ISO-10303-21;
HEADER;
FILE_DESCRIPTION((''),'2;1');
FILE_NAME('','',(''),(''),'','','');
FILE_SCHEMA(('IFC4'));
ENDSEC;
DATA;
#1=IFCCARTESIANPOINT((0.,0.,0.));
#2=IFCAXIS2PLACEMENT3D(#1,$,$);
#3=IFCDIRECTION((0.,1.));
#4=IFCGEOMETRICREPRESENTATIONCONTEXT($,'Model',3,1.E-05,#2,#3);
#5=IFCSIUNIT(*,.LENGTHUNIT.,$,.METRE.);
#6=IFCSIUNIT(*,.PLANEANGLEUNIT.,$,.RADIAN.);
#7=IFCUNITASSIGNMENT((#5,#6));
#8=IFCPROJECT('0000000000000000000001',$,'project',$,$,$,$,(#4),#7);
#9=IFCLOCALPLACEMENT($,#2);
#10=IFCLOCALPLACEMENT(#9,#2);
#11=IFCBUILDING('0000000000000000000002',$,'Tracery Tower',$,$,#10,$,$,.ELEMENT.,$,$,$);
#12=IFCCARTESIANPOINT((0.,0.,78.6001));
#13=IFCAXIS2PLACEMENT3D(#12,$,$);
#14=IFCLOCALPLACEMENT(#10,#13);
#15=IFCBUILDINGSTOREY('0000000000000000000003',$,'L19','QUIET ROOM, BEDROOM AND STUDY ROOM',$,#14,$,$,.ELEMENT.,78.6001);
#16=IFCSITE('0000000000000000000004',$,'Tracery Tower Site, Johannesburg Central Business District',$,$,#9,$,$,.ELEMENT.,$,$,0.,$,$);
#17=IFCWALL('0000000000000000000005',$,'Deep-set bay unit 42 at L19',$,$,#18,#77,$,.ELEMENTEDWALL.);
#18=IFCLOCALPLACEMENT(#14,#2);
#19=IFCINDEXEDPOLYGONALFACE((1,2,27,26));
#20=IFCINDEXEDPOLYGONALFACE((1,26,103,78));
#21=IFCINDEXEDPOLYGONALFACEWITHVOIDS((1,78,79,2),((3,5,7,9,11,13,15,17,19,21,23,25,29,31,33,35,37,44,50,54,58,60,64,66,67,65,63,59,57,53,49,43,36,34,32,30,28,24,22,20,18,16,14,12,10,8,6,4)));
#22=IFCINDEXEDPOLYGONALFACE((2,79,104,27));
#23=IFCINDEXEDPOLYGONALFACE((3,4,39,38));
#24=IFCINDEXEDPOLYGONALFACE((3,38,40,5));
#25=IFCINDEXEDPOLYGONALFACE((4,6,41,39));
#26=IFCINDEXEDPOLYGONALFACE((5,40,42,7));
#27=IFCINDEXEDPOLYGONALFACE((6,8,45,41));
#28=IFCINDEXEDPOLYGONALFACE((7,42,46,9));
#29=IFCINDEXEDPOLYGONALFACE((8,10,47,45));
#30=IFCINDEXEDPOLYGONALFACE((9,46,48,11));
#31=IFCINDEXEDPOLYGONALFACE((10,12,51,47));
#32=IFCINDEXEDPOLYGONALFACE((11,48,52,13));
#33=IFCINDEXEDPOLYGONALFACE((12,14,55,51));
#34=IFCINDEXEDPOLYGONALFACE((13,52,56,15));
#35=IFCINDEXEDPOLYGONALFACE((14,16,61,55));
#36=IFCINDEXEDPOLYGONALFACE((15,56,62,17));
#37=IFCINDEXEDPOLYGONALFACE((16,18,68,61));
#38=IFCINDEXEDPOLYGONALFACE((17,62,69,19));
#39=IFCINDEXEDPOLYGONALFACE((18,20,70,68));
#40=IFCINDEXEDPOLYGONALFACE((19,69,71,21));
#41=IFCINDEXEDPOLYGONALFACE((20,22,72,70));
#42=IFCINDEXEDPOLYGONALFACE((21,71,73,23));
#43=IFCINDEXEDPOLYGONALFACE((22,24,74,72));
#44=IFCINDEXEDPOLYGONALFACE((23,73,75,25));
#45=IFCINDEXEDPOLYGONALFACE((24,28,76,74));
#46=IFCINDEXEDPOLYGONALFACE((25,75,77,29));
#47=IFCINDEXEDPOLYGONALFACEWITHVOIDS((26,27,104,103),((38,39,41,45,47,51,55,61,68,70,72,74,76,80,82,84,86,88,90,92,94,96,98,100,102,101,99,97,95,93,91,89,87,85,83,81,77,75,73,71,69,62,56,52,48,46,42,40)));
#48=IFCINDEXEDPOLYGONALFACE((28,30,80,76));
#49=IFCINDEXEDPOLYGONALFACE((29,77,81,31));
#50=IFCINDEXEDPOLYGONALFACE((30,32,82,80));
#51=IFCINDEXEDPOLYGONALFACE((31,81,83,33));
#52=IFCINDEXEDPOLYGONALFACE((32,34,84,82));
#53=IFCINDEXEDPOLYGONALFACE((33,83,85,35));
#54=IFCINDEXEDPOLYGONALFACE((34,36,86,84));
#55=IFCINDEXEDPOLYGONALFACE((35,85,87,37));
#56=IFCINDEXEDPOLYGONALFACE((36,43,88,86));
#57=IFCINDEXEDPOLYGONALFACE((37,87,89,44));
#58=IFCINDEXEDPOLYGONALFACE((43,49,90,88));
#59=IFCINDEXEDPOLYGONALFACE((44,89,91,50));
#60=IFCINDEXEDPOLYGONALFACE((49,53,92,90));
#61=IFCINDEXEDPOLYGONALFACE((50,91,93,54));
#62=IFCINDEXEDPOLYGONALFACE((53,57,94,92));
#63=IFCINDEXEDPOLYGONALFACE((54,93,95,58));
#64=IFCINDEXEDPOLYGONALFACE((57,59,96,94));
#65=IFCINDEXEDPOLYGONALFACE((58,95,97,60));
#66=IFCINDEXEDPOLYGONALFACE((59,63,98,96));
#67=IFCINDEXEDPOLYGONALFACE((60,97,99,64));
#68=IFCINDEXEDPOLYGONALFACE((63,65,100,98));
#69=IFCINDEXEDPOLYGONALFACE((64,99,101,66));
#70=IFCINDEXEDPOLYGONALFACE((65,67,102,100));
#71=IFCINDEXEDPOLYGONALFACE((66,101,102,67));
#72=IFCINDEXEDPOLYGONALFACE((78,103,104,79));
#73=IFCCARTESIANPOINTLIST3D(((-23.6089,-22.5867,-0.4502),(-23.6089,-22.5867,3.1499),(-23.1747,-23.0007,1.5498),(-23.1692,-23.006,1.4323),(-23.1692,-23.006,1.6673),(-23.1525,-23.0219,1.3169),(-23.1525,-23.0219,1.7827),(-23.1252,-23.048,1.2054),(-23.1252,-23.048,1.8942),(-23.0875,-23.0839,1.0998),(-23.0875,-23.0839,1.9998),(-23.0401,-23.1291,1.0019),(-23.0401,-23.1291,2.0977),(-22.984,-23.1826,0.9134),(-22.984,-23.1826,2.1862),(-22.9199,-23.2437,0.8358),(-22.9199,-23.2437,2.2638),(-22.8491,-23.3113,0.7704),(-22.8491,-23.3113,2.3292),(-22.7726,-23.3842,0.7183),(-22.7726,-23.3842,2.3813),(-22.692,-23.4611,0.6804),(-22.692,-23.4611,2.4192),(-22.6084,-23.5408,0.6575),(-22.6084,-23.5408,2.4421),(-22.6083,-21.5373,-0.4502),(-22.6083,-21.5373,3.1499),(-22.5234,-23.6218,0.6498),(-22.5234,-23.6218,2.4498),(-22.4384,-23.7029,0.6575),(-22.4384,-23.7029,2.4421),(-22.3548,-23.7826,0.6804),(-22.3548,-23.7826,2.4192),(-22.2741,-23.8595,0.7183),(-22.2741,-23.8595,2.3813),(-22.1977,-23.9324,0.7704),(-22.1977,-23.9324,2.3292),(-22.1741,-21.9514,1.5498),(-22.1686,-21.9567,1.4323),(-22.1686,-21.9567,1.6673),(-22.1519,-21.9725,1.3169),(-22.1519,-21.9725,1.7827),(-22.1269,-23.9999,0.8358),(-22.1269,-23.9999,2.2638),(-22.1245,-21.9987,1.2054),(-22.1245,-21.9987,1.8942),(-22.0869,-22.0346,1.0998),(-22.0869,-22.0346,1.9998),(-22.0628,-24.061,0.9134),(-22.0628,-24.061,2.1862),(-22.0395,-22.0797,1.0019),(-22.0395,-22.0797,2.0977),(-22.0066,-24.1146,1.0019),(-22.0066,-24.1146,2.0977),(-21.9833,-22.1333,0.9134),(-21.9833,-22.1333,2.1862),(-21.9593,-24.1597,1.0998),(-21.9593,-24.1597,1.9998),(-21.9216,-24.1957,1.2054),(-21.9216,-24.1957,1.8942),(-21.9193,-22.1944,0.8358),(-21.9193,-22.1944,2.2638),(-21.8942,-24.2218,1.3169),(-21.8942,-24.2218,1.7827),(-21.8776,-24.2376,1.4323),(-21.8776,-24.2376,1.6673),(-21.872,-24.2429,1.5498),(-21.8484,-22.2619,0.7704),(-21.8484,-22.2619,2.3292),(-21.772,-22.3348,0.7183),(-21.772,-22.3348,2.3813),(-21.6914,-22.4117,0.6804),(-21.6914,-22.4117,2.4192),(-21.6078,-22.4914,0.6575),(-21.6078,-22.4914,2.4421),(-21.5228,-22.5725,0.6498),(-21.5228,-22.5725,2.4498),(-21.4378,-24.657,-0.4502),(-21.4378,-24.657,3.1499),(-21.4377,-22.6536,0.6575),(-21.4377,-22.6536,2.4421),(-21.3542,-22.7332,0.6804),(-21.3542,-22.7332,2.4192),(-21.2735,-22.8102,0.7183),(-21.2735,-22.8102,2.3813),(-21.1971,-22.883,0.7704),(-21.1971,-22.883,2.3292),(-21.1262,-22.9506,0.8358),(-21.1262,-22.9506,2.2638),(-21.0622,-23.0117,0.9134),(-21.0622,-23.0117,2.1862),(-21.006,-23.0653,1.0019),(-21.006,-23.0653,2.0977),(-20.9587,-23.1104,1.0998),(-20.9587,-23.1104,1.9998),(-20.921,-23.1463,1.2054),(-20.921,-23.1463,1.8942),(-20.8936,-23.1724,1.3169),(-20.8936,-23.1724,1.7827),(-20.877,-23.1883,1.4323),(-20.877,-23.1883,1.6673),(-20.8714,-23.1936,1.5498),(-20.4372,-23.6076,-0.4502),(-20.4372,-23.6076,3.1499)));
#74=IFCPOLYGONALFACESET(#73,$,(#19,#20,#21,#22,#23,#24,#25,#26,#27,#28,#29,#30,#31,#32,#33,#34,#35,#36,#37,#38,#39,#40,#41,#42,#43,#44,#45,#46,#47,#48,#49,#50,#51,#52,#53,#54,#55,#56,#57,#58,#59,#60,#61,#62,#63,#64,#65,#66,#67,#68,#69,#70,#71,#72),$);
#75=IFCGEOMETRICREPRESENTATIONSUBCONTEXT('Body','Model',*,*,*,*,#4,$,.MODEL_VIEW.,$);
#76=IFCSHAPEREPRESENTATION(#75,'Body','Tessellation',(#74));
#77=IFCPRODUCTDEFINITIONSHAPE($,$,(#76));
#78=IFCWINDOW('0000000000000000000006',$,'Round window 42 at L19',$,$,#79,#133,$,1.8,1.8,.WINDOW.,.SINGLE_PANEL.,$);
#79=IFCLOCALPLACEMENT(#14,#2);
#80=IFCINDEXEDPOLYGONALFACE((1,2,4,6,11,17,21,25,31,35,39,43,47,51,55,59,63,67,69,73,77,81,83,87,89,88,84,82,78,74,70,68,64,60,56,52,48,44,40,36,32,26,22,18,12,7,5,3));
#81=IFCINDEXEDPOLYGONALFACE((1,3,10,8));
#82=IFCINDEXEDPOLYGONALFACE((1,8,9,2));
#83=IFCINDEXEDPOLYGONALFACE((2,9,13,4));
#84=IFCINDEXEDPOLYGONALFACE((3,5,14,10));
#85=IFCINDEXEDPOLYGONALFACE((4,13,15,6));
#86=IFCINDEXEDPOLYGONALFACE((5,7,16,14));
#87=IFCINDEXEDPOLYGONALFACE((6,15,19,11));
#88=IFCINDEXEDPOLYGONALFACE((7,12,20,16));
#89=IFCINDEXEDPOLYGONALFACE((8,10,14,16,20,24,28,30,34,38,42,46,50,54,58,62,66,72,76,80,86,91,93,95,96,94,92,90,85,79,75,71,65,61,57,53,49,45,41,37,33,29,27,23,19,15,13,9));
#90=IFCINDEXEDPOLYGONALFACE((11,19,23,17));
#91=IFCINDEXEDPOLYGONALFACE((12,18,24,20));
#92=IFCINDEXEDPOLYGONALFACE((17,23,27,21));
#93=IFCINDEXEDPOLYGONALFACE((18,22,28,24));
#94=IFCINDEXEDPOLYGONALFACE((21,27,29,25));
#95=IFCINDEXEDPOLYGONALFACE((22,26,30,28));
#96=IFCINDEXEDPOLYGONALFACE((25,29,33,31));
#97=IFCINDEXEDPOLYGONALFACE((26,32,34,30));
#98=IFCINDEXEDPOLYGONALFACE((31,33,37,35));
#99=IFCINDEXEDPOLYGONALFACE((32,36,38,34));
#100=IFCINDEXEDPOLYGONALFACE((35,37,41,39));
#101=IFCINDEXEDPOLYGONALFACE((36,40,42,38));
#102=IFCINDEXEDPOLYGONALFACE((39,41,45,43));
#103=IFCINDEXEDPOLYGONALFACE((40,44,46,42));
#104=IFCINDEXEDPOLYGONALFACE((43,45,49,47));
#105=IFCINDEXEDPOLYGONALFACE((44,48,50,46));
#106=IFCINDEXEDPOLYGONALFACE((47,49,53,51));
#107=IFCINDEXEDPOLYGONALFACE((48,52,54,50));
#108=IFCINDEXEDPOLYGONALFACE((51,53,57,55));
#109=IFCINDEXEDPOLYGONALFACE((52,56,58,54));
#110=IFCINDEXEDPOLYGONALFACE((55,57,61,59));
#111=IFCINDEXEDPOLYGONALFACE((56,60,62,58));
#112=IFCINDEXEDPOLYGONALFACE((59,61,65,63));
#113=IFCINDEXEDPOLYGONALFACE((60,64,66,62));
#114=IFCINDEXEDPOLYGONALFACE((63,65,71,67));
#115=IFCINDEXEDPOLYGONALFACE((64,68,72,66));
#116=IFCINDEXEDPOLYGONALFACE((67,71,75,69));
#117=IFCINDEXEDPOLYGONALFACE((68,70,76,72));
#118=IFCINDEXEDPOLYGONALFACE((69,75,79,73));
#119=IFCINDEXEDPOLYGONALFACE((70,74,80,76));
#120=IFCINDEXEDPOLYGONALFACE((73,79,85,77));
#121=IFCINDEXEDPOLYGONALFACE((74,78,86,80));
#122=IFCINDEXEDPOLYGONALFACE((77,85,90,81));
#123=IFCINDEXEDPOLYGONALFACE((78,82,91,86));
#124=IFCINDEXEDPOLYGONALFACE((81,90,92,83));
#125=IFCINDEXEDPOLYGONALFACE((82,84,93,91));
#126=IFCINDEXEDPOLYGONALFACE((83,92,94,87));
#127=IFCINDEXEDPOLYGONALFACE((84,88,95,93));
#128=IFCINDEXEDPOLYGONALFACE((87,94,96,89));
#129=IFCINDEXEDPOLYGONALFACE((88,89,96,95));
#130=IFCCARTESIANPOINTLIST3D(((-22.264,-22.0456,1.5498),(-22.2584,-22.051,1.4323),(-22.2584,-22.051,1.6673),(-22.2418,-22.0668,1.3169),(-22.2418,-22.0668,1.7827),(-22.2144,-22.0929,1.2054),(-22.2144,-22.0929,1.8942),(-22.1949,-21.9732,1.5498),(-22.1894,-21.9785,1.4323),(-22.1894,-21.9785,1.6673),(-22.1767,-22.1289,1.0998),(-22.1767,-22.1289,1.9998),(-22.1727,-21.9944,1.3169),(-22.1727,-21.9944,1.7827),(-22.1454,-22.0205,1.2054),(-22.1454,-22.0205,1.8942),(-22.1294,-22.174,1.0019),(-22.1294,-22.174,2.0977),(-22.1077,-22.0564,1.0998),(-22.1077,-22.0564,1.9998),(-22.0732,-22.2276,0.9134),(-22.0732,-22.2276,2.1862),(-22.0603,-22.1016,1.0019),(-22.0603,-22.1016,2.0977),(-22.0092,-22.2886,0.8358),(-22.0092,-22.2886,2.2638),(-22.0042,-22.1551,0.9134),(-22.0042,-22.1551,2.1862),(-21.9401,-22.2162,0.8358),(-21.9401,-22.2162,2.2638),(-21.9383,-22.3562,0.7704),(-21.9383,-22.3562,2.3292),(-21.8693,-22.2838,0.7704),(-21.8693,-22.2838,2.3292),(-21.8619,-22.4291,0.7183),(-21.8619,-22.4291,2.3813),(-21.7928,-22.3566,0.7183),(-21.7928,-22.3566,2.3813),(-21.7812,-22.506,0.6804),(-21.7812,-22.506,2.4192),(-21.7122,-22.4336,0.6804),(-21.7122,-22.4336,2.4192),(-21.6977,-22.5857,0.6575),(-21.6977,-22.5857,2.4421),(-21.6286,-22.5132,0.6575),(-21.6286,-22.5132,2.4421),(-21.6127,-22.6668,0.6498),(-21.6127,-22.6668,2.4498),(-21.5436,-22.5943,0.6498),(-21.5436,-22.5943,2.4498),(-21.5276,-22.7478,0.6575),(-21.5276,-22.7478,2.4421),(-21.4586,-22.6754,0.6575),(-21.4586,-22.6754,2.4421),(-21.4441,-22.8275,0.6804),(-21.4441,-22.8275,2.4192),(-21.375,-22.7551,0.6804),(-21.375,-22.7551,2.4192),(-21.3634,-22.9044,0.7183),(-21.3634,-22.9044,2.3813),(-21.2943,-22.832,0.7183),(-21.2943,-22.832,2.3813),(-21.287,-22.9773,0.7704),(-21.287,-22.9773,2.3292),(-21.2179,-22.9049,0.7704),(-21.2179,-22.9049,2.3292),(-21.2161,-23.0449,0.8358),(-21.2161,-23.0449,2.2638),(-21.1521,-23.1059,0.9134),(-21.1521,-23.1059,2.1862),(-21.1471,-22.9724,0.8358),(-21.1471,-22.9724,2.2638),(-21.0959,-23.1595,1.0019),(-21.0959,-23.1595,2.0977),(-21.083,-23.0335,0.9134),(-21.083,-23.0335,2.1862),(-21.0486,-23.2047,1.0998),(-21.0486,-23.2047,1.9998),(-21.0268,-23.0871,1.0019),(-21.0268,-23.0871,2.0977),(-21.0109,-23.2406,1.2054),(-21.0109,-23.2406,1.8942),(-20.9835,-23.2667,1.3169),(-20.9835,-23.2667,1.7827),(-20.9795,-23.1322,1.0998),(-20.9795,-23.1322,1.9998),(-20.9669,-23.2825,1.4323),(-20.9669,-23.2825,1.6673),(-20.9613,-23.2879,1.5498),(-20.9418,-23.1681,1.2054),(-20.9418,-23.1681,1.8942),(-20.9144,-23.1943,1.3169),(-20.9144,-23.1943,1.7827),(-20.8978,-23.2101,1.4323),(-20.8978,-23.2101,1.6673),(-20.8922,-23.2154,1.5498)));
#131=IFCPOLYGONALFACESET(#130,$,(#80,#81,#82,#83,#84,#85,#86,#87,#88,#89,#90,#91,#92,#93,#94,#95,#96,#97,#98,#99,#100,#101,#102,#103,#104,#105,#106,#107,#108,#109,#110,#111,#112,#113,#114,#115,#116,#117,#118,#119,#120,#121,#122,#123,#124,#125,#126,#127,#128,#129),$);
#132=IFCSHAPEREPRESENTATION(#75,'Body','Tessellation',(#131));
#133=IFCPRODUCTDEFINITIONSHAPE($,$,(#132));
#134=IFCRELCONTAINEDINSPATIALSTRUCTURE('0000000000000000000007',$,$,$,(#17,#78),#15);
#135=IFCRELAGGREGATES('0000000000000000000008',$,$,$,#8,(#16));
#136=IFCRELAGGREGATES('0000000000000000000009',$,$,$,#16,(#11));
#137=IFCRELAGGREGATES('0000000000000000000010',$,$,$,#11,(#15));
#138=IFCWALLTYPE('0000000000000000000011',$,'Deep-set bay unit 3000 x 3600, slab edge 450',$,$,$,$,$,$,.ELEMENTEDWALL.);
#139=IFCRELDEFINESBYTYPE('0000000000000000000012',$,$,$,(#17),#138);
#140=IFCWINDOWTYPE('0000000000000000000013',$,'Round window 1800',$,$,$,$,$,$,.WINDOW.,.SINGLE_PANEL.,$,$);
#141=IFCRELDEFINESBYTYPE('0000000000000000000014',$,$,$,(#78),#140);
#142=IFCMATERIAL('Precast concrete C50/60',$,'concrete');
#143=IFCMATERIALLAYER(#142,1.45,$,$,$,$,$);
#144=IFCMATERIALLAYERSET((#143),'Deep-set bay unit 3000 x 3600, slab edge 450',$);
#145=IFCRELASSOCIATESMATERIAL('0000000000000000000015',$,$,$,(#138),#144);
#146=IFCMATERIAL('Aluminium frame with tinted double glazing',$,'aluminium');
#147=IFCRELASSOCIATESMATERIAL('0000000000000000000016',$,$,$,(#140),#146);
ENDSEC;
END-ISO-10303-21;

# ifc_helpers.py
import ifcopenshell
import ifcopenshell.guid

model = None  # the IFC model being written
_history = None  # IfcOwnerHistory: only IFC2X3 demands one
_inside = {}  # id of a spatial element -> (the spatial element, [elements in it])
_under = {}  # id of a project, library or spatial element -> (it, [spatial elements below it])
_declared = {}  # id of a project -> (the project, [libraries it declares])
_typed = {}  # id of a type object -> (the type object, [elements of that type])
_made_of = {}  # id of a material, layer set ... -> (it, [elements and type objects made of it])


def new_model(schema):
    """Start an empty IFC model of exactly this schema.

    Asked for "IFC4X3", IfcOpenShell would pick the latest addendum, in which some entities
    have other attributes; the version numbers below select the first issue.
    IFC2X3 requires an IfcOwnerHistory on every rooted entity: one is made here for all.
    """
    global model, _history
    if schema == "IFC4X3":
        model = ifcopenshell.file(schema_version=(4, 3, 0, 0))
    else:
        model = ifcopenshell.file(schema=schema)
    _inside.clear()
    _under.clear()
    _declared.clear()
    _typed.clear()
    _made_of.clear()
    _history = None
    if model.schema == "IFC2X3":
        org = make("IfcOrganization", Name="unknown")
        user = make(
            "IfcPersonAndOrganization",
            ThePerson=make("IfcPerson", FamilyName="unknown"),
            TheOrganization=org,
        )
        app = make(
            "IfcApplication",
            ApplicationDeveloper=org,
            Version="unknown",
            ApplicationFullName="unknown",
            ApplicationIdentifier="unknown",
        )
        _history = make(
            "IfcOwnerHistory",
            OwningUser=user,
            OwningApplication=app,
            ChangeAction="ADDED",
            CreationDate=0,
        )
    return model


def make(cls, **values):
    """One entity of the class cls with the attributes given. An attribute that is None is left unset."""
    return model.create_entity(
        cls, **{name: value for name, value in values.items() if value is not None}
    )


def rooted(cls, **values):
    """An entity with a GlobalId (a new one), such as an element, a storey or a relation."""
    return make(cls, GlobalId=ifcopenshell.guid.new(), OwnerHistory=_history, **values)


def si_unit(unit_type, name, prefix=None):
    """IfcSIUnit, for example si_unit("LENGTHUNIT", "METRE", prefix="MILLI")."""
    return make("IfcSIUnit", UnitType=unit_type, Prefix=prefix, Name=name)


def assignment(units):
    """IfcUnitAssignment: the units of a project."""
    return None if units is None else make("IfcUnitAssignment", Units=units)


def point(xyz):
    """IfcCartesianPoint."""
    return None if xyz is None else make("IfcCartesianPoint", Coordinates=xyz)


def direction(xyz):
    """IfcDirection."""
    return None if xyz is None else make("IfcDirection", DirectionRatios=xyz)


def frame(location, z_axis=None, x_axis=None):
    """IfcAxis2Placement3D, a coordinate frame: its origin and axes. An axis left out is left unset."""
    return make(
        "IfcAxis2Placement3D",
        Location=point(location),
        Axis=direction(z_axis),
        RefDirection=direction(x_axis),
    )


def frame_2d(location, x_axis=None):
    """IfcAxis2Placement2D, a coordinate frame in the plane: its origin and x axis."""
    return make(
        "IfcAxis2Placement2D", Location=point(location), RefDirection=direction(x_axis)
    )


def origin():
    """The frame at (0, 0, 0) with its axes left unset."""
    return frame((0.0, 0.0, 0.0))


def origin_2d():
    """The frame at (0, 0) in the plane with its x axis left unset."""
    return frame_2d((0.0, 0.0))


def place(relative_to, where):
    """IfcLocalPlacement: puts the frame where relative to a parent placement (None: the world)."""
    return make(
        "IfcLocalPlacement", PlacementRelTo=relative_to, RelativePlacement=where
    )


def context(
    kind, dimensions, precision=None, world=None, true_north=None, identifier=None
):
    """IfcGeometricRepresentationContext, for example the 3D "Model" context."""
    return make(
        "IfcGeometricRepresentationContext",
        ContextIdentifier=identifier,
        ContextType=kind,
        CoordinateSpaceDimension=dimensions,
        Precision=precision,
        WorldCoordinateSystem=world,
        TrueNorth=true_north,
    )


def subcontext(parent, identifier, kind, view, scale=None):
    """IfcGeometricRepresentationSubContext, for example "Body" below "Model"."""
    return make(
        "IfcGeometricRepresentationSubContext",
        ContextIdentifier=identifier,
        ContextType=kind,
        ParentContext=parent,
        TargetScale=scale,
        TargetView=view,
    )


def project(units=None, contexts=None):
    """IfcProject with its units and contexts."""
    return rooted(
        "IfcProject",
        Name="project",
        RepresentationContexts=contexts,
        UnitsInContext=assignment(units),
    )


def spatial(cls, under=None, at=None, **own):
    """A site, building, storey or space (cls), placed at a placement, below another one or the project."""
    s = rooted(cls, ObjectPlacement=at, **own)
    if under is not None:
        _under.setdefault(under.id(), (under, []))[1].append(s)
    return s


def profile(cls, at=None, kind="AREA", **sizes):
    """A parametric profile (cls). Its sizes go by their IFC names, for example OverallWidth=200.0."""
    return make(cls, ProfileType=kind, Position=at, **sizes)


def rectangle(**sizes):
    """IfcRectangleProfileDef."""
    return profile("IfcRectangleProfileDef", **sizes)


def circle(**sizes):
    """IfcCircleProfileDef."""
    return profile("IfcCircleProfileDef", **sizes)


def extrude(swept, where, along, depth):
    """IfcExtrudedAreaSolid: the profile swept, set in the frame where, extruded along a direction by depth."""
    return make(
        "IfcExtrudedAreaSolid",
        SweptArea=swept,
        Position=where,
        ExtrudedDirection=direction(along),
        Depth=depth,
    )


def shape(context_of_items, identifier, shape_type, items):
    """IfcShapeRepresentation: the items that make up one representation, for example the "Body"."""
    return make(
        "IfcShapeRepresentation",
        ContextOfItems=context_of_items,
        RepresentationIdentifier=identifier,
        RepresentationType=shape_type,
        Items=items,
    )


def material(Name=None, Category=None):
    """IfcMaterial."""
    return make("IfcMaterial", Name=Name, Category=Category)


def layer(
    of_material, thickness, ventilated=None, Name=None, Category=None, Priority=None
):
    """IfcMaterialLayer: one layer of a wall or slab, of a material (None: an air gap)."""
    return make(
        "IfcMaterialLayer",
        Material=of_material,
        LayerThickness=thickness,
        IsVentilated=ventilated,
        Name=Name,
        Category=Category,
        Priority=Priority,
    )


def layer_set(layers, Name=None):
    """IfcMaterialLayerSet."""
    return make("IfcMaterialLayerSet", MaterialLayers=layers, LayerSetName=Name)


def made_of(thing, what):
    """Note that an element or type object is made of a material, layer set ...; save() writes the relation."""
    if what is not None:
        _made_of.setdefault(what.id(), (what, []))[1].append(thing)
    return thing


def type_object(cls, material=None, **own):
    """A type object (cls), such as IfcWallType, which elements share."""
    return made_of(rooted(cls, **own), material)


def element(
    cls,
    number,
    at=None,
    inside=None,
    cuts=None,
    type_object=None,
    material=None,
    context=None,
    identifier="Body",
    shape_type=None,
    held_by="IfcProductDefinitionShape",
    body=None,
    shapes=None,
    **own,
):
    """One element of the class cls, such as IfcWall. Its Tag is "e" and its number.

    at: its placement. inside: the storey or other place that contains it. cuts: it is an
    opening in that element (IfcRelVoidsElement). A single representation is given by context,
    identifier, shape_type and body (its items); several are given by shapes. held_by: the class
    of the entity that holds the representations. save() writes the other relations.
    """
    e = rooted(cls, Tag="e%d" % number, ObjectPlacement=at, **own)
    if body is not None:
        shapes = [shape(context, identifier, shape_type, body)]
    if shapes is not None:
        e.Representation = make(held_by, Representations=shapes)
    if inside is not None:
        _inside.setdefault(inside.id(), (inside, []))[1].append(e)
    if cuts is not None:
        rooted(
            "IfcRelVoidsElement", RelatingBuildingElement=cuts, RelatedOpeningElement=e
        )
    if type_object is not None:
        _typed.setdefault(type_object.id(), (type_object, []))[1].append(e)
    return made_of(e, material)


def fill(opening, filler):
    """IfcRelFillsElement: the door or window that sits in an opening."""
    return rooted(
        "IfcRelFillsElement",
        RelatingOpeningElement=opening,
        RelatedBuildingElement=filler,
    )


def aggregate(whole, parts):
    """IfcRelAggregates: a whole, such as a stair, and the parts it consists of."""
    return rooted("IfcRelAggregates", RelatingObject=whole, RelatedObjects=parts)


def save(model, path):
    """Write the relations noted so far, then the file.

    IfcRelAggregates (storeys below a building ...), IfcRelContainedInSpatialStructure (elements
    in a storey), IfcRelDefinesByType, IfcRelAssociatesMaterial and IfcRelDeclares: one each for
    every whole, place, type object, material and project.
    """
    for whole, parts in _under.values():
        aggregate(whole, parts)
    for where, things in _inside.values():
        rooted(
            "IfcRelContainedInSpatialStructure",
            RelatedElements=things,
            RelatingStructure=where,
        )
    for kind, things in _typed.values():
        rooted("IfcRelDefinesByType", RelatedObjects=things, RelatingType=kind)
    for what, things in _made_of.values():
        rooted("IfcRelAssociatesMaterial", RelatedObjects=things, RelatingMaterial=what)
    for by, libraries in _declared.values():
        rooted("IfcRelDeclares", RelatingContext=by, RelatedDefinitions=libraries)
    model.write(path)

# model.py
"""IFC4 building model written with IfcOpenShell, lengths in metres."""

from ifc_helpers import new_model, si_unit, direction, frame, frame_2d, origin, origin_2d, place, context, subcontext, project, spatial, rectangle, circle, extrude, material, layer, layer_set, type_object, element, fill, save


model = new_model("IFC4")

# Units and contexts
model_context = context("Model", 3, precision=1e-05, world=origin(), true_north=direction((0.0, 1.0)))
body_context = subcontext(model_context, "Body", "Model", "MODEL_VIEW")
ifc_project = project(units=[si_unit("LENGTHUNIT", "METRE"), si_unit("PLANEANGLEUNIT", "RADIAN")], contexts=[model_context])

# Site, building, storey
site_placement = place(None, origin())
site = spatial("IfcSite", under=ifc_project, at=site_placement, Name="Tracery Tower Site, Johannesburg Central Business District", CompositionType="ELEMENT", RefElevation=0.0)
building_placement = place(site_placement, origin())
building = spatial("IfcBuilding", under=site, at=building_placement, Name="Tracery Tower", CompositionType="ELEMENT")
storey_placement = place(building_placement, frame((0.0, 0.0, 78.6001)))
storey = spatial("IfcBuildingStorey", under=building, at=storey_placement, Name="L19", Description="QUIET ROOM, BEDROOM AND STUDY ROOM", CompositionType="ELEMENT", Elevation=78.6001)

# Wall, opening, window
ifc_material_1 = material(Name="Precast concrete C50/60", Category="concrete")
ifc_layer_1 = layer(ifc_material_1, 1.45)
ifc_layer_set_1 = layer_set([ifc_layer_1], Name="Deep-set bay unit 3000 x 3600, slab edge 450")
wall_type_1 = type_object("IfcWallType", Name="Deep-set bay unit 3000 x 3600, slab edge 450", PredefinedType="ELEMENTEDWALL", material=ifc_layer_set_1)
ifc_material_2 = material(Name="Aluminium frame with tinted double glazing", Category="aluminium")
window_type = type_object("IfcWindowType", Name="Round window 1800", PartitioningType="SINGLE_PANEL", PredefinedType="WINDOW", material=ifc_material_2)
wall_1_placement = place(storey_placement, frame((-23.1086, -22.062, -0.4502), z_axis=(0.0, 0.0, 1.0), x_axis=(0.723712, -0.690102, 0.0)))
wall_1 = element("IfcWall", 1, at=wall_1_placement, inside=storey, type_object=wall_type_1, Name="Deep-set bay unit 42 at L19", PredefinedType="ELEMENTEDWALL", context=body_context, shape_type="SweptSolid", body=[
    extrude(rectangle(XDim=3.0, YDim=1.45, at=frame_2d((1.5, 0.0))), origin(), (0.0, 0.0, 1.0), 3.6001),
])
opening_1_placement = place(wall_1_placement, frame((1.5, 0.0, 2.0)))
opening_1 = element("IfcOpeningElement", 2, at=opening_1_placement, cuts=wall_1, PredefinedType="OPENING", context=body_context, shape_type="SweptSolid", body=[
    extrude(circle(Radius=0.9, at=origin_2d()), frame((0.0, 0.7349, 0.0), z_axis=(0.0, -1.0, 0.0), x_axis=(1.0, 0.0, 0.0)), (0.0, 0.0, 1.0), 1.47),
])
window_1_placement = place(opening_1_placement, origin())
window_1 = element("IfcWindow", 3, at=window_1_placement, inside=storey, type_object=window_type, Name="Round window 42 at L19", OverallHeight=1.8, OverallWidth=1.8, PartitioningType="SINGLE_PANEL", PredefinedType="WINDOW", context=body_context, shape_type="SweptSolid", body=[
    extrude(circle(Radius=0.9, at=origin_2d()), frame((0.0, 0.6948, 0.0), z_axis=(0.0, -1.0, 0.0), x_axis=(1.0, 0.0, 0.0)), (0.0, 0.0, 1.0), 0.1001),
])
fill(opening_1, window_1)

save(model, "model.ifc")
